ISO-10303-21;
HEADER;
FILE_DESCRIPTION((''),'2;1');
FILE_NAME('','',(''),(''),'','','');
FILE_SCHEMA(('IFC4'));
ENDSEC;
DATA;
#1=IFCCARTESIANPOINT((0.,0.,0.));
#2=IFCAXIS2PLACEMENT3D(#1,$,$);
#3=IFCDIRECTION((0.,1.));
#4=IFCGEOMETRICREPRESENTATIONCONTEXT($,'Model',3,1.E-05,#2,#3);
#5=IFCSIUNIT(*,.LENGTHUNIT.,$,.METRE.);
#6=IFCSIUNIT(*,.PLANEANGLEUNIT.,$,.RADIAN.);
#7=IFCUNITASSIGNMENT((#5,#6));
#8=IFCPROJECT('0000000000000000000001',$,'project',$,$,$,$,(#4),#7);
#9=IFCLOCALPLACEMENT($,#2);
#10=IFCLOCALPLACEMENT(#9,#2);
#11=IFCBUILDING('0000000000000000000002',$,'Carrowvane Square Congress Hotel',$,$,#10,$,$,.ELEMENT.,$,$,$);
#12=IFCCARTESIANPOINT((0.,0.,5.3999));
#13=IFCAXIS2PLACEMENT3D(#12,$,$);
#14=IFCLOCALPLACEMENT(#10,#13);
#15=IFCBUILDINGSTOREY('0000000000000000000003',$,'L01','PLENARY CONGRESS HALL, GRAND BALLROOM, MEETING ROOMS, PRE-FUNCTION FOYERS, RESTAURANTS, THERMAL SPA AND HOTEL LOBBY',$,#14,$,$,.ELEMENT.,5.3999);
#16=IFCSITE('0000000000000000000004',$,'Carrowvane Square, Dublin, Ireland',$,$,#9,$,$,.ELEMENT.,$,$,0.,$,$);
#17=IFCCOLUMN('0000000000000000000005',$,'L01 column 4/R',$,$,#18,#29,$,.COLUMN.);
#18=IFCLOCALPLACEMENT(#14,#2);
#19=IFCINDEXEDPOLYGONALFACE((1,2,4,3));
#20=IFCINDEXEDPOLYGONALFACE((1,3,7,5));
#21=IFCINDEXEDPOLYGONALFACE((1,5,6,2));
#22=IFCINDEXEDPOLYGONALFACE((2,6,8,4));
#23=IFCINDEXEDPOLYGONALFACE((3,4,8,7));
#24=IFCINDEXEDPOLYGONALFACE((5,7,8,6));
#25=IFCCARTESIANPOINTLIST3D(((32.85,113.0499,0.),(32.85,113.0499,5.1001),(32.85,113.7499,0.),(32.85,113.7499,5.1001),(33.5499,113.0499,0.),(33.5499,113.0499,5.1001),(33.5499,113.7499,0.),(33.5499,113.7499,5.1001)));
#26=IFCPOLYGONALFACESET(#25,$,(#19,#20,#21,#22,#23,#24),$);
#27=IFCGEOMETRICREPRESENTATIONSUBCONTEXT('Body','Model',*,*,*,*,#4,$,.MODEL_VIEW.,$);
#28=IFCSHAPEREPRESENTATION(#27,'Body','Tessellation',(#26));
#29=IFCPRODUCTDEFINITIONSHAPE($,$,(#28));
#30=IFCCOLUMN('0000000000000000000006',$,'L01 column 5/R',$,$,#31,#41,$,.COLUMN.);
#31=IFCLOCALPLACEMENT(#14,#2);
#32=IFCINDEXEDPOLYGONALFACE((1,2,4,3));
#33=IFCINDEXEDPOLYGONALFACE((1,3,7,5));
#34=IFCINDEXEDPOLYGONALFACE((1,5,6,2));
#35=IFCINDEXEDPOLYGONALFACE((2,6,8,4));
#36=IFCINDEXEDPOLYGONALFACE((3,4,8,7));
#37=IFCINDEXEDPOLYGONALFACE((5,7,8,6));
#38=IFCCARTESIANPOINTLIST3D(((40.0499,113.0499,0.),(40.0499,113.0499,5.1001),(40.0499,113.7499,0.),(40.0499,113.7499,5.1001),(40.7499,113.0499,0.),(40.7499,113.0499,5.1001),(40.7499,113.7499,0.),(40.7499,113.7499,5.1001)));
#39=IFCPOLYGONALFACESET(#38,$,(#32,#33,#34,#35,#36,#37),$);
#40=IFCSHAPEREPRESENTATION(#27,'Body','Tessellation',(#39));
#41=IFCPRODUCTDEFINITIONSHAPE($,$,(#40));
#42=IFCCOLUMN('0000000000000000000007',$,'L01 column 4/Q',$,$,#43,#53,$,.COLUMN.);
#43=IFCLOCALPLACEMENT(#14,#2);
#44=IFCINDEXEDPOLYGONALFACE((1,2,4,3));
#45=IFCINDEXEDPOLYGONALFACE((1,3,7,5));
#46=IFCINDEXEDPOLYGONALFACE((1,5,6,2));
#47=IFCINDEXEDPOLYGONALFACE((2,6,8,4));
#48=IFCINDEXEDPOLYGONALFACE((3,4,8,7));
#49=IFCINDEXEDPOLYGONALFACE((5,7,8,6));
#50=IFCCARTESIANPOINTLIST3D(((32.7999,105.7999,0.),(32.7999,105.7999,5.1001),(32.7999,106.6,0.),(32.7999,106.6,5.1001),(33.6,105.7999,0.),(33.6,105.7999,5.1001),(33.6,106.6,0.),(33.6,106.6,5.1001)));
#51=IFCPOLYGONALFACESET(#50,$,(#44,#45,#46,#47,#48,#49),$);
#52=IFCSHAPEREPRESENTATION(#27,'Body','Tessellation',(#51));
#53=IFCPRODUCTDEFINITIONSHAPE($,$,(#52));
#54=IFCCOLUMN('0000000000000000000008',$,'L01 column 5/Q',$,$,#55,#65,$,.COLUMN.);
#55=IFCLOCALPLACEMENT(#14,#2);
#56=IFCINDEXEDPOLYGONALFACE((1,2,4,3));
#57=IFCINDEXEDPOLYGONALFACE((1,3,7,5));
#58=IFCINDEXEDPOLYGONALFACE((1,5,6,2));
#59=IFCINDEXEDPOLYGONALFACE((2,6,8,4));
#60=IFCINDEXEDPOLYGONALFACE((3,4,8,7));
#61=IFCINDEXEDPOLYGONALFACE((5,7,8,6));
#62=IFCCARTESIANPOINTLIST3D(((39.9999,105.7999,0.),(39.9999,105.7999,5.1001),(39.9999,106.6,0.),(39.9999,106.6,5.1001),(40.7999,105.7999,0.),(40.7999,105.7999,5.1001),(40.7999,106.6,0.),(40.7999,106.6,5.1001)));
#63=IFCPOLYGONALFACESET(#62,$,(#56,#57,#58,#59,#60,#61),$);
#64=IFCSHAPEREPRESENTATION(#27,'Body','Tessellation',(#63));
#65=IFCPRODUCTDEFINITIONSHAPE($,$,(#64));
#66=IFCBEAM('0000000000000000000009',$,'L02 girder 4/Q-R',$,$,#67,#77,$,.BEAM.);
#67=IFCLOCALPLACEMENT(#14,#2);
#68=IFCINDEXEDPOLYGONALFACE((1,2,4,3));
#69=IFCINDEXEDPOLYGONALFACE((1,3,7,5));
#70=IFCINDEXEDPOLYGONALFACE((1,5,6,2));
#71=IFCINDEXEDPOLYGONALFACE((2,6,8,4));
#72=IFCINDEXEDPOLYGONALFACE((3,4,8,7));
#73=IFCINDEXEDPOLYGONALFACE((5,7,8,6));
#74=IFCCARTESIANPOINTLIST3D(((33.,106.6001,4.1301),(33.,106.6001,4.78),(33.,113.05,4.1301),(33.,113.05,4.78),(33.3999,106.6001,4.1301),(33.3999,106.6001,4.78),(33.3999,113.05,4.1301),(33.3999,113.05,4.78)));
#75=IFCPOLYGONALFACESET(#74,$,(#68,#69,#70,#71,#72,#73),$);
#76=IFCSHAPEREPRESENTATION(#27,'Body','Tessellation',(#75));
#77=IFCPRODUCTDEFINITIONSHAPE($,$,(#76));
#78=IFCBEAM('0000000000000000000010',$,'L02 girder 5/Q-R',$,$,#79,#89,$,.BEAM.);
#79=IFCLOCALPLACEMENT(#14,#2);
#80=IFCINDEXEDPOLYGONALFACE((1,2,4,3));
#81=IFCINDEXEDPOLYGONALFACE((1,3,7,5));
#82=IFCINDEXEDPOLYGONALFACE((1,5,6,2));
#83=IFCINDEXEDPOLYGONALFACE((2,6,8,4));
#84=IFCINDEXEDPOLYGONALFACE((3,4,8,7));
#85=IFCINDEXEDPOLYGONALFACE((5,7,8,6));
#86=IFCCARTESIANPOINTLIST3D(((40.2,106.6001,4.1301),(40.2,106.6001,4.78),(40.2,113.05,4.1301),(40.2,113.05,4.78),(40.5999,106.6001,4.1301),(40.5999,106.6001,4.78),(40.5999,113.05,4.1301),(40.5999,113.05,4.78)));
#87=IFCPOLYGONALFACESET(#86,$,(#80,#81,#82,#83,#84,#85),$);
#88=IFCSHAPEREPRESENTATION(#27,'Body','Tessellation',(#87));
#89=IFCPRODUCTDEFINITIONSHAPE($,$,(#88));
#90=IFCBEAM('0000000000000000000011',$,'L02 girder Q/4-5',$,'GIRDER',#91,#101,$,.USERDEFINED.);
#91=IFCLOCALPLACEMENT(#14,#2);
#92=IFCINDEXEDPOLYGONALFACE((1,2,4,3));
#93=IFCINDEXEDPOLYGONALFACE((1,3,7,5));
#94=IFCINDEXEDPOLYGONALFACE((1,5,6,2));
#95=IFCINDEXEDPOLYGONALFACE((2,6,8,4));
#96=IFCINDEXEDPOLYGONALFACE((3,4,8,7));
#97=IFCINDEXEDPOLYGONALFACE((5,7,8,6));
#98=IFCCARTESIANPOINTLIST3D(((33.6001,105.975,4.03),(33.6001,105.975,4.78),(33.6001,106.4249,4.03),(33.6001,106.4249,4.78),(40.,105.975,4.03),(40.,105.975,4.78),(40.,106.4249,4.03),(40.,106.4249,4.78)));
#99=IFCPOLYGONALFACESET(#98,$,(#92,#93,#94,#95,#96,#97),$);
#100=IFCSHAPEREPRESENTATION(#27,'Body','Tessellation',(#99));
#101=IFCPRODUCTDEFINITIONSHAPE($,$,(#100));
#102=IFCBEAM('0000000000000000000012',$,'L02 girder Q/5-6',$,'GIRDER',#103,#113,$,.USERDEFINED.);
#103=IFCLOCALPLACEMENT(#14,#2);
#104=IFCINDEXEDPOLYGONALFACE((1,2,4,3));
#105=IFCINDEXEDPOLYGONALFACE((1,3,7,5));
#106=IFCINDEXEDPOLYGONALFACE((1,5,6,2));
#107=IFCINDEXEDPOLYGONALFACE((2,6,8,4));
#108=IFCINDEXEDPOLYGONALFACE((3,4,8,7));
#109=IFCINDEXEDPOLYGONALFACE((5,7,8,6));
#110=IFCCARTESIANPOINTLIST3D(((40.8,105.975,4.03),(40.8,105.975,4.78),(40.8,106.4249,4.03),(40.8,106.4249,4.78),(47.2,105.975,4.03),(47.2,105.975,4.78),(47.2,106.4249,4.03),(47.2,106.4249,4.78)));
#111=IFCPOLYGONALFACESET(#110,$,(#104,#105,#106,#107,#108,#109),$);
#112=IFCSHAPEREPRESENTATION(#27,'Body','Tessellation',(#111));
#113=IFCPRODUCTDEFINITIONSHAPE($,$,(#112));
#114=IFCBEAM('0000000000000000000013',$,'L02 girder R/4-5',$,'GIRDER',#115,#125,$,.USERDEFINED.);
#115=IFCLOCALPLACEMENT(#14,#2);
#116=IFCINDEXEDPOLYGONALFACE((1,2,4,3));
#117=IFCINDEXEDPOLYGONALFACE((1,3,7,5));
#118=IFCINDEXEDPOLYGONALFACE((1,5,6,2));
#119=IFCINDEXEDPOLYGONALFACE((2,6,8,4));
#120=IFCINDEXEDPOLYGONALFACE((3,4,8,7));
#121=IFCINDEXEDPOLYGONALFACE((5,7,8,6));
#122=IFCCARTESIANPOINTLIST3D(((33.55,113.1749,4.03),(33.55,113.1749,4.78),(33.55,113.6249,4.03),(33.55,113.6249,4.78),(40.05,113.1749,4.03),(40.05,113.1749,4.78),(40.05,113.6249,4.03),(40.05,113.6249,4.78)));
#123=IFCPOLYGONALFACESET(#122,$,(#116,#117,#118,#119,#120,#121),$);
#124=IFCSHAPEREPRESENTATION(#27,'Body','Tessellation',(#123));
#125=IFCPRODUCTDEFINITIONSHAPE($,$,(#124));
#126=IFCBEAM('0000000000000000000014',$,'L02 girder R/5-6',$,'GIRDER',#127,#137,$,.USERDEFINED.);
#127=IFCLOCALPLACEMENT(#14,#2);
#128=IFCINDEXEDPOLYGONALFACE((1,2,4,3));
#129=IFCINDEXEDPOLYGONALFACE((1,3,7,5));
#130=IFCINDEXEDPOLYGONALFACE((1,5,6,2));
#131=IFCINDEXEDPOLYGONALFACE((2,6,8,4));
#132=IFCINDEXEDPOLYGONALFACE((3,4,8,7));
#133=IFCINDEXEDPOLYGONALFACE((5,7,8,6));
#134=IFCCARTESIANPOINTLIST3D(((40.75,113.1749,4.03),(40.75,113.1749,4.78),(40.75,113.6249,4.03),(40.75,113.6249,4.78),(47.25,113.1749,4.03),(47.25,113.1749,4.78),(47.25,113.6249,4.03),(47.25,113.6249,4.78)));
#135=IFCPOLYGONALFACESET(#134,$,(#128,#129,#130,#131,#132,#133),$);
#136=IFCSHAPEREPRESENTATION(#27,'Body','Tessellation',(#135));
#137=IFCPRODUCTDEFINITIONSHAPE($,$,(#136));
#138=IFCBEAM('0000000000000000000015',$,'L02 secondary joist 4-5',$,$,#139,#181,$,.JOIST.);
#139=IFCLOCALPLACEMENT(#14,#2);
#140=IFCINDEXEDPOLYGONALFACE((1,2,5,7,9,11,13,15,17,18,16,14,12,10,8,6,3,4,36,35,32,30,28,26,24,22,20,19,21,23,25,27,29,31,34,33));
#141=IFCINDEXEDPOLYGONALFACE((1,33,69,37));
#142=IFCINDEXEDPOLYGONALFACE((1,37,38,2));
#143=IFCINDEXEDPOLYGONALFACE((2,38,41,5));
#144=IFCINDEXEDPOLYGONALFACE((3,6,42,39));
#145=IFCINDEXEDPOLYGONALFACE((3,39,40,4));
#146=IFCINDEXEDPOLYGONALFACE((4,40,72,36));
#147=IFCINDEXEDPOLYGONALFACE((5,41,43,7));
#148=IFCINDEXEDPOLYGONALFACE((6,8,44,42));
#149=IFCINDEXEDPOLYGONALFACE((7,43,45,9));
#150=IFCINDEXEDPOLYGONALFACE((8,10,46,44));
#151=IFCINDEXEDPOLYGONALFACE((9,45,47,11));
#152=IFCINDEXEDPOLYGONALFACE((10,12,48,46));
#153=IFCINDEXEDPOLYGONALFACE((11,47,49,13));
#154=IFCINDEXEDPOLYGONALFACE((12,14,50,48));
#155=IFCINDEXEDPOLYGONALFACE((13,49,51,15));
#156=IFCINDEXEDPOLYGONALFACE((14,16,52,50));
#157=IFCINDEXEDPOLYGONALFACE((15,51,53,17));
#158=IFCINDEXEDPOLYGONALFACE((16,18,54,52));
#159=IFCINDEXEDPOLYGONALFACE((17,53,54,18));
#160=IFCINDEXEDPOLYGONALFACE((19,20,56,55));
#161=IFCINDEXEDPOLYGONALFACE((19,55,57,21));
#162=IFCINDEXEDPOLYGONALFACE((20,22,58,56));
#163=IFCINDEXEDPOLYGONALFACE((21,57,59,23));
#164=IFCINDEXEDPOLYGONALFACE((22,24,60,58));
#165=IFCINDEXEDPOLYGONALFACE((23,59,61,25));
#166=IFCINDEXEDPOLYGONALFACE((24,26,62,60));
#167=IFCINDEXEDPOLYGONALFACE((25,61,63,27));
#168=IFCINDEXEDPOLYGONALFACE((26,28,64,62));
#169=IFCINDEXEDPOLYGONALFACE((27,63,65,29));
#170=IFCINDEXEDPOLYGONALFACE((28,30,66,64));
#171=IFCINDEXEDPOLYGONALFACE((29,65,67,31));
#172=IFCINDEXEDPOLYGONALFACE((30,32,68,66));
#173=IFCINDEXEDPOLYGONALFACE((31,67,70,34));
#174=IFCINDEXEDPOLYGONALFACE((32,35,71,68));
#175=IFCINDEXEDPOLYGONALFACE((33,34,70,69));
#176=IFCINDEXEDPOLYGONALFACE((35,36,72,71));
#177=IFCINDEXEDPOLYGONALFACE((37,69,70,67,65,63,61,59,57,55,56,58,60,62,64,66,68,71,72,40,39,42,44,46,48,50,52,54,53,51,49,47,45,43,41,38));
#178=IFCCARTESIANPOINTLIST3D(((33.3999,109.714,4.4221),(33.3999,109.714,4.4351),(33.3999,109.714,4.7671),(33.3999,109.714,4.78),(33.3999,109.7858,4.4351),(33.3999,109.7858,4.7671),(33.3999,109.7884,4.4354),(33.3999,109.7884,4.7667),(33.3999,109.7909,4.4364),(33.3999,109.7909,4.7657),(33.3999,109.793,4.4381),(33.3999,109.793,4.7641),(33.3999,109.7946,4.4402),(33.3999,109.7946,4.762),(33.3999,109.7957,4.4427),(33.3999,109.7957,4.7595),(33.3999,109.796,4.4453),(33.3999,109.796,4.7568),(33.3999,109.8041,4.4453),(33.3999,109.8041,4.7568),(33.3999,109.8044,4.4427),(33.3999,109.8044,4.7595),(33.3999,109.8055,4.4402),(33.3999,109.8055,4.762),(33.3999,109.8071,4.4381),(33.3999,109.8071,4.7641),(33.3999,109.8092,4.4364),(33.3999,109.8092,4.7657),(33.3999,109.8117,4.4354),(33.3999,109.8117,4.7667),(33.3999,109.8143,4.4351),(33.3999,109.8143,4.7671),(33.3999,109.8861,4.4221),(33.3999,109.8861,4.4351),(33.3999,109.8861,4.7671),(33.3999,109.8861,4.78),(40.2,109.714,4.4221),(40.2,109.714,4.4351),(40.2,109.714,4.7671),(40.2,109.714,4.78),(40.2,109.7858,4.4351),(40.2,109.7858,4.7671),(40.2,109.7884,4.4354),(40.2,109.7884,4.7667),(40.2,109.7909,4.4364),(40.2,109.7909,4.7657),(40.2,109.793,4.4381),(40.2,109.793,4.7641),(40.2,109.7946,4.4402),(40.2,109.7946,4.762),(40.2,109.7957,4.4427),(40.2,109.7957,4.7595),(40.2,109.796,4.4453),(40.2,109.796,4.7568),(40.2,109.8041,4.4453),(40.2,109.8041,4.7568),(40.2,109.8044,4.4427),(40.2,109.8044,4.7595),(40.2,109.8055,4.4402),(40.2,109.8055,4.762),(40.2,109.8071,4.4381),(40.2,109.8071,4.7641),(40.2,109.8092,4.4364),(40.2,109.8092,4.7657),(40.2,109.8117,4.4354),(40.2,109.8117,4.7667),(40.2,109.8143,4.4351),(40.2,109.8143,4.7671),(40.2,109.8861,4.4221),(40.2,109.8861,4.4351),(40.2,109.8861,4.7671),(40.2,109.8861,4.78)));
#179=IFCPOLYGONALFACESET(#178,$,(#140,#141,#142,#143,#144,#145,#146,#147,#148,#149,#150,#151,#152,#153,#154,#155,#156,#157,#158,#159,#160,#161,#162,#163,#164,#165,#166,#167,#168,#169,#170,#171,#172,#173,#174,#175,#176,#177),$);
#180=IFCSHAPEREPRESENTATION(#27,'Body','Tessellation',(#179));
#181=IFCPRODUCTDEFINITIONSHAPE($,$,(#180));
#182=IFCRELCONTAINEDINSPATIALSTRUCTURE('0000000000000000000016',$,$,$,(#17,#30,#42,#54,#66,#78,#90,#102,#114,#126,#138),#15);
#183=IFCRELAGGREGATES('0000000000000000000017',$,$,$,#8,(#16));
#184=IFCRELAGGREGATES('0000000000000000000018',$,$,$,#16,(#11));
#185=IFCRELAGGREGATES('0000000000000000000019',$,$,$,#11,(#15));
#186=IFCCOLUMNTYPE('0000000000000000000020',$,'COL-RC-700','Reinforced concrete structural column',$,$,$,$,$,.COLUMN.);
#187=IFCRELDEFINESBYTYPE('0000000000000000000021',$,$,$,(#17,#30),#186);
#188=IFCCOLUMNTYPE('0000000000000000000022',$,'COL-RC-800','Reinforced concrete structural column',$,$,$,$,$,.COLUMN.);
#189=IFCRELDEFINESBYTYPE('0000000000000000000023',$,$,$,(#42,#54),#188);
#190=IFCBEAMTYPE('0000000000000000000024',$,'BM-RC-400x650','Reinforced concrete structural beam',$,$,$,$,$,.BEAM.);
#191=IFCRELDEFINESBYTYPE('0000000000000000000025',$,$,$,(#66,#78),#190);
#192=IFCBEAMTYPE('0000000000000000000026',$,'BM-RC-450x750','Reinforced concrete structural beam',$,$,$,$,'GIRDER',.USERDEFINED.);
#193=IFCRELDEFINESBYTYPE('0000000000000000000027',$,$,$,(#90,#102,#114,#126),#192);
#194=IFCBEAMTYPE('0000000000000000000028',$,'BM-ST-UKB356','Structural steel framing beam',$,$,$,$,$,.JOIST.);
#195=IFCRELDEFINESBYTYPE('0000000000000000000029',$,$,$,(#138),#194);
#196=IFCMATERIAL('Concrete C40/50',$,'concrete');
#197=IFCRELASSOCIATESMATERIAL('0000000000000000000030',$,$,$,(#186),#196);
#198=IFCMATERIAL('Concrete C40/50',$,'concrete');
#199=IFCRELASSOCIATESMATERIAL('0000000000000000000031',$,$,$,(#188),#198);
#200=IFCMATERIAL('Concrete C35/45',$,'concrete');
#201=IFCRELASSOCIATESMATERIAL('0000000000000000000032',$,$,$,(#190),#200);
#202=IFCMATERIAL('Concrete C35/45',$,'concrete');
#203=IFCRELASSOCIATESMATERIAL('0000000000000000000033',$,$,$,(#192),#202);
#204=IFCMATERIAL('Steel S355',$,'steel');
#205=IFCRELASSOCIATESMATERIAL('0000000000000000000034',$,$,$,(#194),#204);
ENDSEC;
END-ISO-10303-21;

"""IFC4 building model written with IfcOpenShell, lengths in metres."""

from ifc_helpers import new_model, si_unit, direction, frame, origin, origin_2d, place, context, subcontext, project, spatial, rectangle, i_section, extrude, material, material_profile, profile_set, type_object, element, save


model = new_model("IFC4")

# Units and contexts
model_context = context("Model", 3, precision=1e-05, world=origin(), true_north=direction((0.0, 1.0)))
body_context = subcontext(model_context, "Body", "Model", "MODEL_VIEW")
ifc_project = project(units=[si_unit("LENGTHUNIT", "METRE"), si_unit("PLANEANGLEUNIT", "RADIAN")], contexts=[model_context])

# Site, building, storey
site_placement = place(None, origin())
site = spatial("IfcSite", under=ifc_project, at=site_placement, Name="Carrowvane Square, Dublin, Ireland", CompositionType="ELEMENT", RefElevation=0.0)
building_placement = place(site_placement, origin())
building = spatial("IfcBuilding", under=site, at=building_placement, Name="Carrowvane Square Congress Hotel", CompositionType="ELEMENT")
storey_placement = place(building_placement, frame((0.0, 0.0, 5.3999)))
storey = spatial("IfcBuildingStorey", under=building, at=storey_placement, Name="L01", Description="PLENARY CONGRESS HALL, GRAND BALLROOM, MEETING ROOMS, PRE-FUNCTION FOYERS, RESTAURANTS, THERMAL SPA AND HOTEL LOBBY", CompositionType="ELEMENT", Elevation=5.3999)

# Columns
ifc_material_1 = material(Name="Concrete C40/50", Category="concrete")
ifc_material_profile_1 = material_profile(ifc_material_1, rectangle(XDim=0.7, YDim=0.7, at=origin_2d()), Name="RC 700x700")
ifc_profile_set_1 = profile_set([ifc_material_profile_1], Name="Concrete C40/50")
column_type_1 = type_object("IfcColumnType", Name="COL-RC-700", Description="Reinforced concrete structural column", PredefinedType="COLUMN", material=ifc_profile_set_1)
for number, where, z_axis, x_axis, name in (
    (1, (33.2, 113.3999, 0.0), (0.0, 0.0, 1.0), (1.0, 0.0, 0.0), "L01 column 4/R"),
    (2, (40.3999, 113.3999, 0.0), (0.0, 0.0, 1.0), (1.0, 0.0, 0.0), "L01 column 5/R"),
):
    element("IfcColumn", number, at=place(storey_placement, frame(where, z_axis=z_axis, x_axis=x_axis)), inside=storey, type_object=column_type_1, Name=name, PredefinedType="COLUMN", context=body_context, shape_type="SweptSolid", body=[
        extrude(rectangle(XDim=0.7, YDim=0.7, at=origin_2d()), origin(), (0.0, 0.0, 1.0), 5.1001),
    ])
ifc_material_2 = material(Name="Concrete C40/50", Category="concrete")
ifc_material_profile_2 = material_profile(ifc_material_2, rectangle(XDim=0.8, YDim=0.8, at=origin_2d()), Name="RC 800x800")
ifc_profile_set_2 = profile_set([ifc_material_profile_2], Name="Concrete C40/50")
column_type_2 = type_object("IfcColumnType", Name="COL-RC-800", Description="Reinforced concrete structural column", PredefinedType="COLUMN", material=ifc_profile_set_2)
for number, where, z_axis, x_axis, name in (
    (3, (33.2, 106.2, 0.0), (0.0, 0.0, 1.0), (1.0, 0.0, 0.0), "L01 column 4/Q"),
    (4, (40.3999, 106.2, 0.0), (0.0, 0.0, 1.0), (1.0, 0.0, 0.0), "L01 column 5/Q"),
):
    element("IfcColumn", number, at=place(storey_placement, frame(where, z_axis=z_axis, x_axis=x_axis)), inside=storey, type_object=column_type_2, Name=name, PredefinedType="COLUMN", context=body_context, shape_type="SweptSolid", body=[
        extrude(rectangle(XDim=0.8, YDim=0.8, at=origin_2d()), origin(), (0.0, 0.0, 1.0), 5.1001),
    ])

# Beams
ifc_material_3 = material(Name="Concrete C35/45", Category="concrete")
ifc_material_profile_3 = material_profile(ifc_material_3, rectangle(XDim=0.3999, YDim=0.6499, at=origin_2d()), Name="RC 400x650")
ifc_profile_set_3 = profile_set([ifc_material_profile_3], Name="Concrete C35/45")
beam_type_1 = type_object("IfcBeamType", Name="BM-RC-400x650", Description="Reinforced concrete structural beam", PredefinedType="BEAM", material=ifc_profile_set_3)
for number, where, z_axis, x_axis, name in (
    (5, (33.2, 106.6001, 4.4551), (0.0, 1.0, 0.0), (-1.0, 0.0, 0.0), "L02 girder 4/Q-R"),
    (6, (40.3999, 106.6001, 4.4551), (0.0, 1.0, 0.0), (-1.0, 0.0, 0.0), "L02 girder 5/Q-R"),
):
    element("IfcBeam", number, at=place(storey_placement, frame(where, z_axis=z_axis, x_axis=x_axis)), inside=storey, type_object=beam_type_1, Name=name, PredefinedType="BEAM", context=body_context, shape_type="SweptSolid", body=[
        extrude(rectangle(XDim=0.3999, YDim=0.6499, at=origin_2d()), origin(), (0.0, 0.0, 1.0), 6.45),
    ])
ifc_material_4 = material(Name="Concrete C35/45", Category="concrete")
ifc_material_profile_4 = material_profile(ifc_material_4, rectangle(XDim=0.45, YDim=0.75, at=origin_2d()), Name="RC 450x750")
ifc_profile_set_4 = profile_set([ifc_material_profile_4], Name="Concrete C35/45")
beam_type_2 = type_object("IfcBeamType", Name="BM-RC-450x750", Description="Reinforced concrete structural beam", ElementType="GIRDER", PredefinedType="USERDEFINED", material=ifc_profile_set_4)
for number, where, z_axis, x_axis, name in (
    (7, (33.6001, 106.2, 4.405), (1.0, 0.0, 0.0), (0.0, 1.0, 0.0), "L02 girder Q/4-5"),
    (8, (40.8, 106.2, 4.405), (1.0, 0.0, 0.0), (0.0, 1.0, 0.0), "L02 girder Q/5-6"),
):
    element("IfcBeam", number, at=place(storey_placement, frame(where, z_axis=z_axis, x_axis=x_axis)), inside=storey, type_object=beam_type_2, Name=name, ObjectType="GIRDER", PredefinedType="USERDEFINED", context=body_context, shape_type="SweptSolid", body=[
        extrude(rectangle(XDim=0.45, YDim=0.75, at=origin_2d()), origin(), (0.0, 0.0, 1.0), 6.3999),
    ])
for number, where, z_axis, x_axis, name in (
    (9, (33.55, 113.3999, 4.405), (1.0, 0.0, 0.0), (0.0, 1.0, 0.0), "L02 girder R/4-5"),
    (10, (40.75, 113.3999, 4.405), (1.0, 0.0, 0.0), (0.0, 1.0, 0.0), "L02 girder R/5-6"),
):
    element("IfcBeam", number, at=place(storey_placement, frame(where, z_axis=z_axis, x_axis=x_axis)), inside=storey, type_object=beam_type_2, Name=name, ObjectType="GIRDER", PredefinedType="USERDEFINED", context=body_context, shape_type="SweptSolid", body=[
        extrude(rectangle(XDim=0.45, YDim=0.75, at=origin_2d()), origin(), (0.0, 0.0, 1.0), 6.5),
    ])
ifc_material_5 = material(Name="Steel S355", Category="steel")
ifc_material_profile_5 = material_profile(ifc_material_5, i_section(OverallWidth=0.1721, OverallDepth=0.3579, WebThickness=0.0081, FlangeThickness=0.0129, FilletRadius=0.0103, at=origin_2d()), Name="UKB 356x171x57")
ifc_profile_set_5 = profile_set([ifc_material_profile_5], Name="Steel S355")
beam_type_3 = type_object("IfcBeamType", Name="BM-ST-UKB356", Description="Structural steel framing beam", PredefinedType="JOIST", material=ifc_profile_set_5)
beam_1_placement = place(storey_placement, frame((33.3999, 109.8, 4.6011), z_axis=(1.0, 0.0, 0.0), x_axis=(0.0, 1.0, 0.0)))
element("IfcBeam", 11, at=beam_1_placement, inside=storey, type_object=beam_type_3, Name="L02 secondary joist 4-5", PredefinedType="JOIST", context=body_context, shape_type="SweptSolid", body=[
    extrude(i_section(OverallWidth=0.1721, OverallDepth=0.3579, WebThickness=0.0081, FlangeThickness=0.0129, FilletRadius=0.0103, at=origin_2d()), origin(), (0.0, 0.0, 1.0), 6.8),
])

save(model, "model.ifc")
